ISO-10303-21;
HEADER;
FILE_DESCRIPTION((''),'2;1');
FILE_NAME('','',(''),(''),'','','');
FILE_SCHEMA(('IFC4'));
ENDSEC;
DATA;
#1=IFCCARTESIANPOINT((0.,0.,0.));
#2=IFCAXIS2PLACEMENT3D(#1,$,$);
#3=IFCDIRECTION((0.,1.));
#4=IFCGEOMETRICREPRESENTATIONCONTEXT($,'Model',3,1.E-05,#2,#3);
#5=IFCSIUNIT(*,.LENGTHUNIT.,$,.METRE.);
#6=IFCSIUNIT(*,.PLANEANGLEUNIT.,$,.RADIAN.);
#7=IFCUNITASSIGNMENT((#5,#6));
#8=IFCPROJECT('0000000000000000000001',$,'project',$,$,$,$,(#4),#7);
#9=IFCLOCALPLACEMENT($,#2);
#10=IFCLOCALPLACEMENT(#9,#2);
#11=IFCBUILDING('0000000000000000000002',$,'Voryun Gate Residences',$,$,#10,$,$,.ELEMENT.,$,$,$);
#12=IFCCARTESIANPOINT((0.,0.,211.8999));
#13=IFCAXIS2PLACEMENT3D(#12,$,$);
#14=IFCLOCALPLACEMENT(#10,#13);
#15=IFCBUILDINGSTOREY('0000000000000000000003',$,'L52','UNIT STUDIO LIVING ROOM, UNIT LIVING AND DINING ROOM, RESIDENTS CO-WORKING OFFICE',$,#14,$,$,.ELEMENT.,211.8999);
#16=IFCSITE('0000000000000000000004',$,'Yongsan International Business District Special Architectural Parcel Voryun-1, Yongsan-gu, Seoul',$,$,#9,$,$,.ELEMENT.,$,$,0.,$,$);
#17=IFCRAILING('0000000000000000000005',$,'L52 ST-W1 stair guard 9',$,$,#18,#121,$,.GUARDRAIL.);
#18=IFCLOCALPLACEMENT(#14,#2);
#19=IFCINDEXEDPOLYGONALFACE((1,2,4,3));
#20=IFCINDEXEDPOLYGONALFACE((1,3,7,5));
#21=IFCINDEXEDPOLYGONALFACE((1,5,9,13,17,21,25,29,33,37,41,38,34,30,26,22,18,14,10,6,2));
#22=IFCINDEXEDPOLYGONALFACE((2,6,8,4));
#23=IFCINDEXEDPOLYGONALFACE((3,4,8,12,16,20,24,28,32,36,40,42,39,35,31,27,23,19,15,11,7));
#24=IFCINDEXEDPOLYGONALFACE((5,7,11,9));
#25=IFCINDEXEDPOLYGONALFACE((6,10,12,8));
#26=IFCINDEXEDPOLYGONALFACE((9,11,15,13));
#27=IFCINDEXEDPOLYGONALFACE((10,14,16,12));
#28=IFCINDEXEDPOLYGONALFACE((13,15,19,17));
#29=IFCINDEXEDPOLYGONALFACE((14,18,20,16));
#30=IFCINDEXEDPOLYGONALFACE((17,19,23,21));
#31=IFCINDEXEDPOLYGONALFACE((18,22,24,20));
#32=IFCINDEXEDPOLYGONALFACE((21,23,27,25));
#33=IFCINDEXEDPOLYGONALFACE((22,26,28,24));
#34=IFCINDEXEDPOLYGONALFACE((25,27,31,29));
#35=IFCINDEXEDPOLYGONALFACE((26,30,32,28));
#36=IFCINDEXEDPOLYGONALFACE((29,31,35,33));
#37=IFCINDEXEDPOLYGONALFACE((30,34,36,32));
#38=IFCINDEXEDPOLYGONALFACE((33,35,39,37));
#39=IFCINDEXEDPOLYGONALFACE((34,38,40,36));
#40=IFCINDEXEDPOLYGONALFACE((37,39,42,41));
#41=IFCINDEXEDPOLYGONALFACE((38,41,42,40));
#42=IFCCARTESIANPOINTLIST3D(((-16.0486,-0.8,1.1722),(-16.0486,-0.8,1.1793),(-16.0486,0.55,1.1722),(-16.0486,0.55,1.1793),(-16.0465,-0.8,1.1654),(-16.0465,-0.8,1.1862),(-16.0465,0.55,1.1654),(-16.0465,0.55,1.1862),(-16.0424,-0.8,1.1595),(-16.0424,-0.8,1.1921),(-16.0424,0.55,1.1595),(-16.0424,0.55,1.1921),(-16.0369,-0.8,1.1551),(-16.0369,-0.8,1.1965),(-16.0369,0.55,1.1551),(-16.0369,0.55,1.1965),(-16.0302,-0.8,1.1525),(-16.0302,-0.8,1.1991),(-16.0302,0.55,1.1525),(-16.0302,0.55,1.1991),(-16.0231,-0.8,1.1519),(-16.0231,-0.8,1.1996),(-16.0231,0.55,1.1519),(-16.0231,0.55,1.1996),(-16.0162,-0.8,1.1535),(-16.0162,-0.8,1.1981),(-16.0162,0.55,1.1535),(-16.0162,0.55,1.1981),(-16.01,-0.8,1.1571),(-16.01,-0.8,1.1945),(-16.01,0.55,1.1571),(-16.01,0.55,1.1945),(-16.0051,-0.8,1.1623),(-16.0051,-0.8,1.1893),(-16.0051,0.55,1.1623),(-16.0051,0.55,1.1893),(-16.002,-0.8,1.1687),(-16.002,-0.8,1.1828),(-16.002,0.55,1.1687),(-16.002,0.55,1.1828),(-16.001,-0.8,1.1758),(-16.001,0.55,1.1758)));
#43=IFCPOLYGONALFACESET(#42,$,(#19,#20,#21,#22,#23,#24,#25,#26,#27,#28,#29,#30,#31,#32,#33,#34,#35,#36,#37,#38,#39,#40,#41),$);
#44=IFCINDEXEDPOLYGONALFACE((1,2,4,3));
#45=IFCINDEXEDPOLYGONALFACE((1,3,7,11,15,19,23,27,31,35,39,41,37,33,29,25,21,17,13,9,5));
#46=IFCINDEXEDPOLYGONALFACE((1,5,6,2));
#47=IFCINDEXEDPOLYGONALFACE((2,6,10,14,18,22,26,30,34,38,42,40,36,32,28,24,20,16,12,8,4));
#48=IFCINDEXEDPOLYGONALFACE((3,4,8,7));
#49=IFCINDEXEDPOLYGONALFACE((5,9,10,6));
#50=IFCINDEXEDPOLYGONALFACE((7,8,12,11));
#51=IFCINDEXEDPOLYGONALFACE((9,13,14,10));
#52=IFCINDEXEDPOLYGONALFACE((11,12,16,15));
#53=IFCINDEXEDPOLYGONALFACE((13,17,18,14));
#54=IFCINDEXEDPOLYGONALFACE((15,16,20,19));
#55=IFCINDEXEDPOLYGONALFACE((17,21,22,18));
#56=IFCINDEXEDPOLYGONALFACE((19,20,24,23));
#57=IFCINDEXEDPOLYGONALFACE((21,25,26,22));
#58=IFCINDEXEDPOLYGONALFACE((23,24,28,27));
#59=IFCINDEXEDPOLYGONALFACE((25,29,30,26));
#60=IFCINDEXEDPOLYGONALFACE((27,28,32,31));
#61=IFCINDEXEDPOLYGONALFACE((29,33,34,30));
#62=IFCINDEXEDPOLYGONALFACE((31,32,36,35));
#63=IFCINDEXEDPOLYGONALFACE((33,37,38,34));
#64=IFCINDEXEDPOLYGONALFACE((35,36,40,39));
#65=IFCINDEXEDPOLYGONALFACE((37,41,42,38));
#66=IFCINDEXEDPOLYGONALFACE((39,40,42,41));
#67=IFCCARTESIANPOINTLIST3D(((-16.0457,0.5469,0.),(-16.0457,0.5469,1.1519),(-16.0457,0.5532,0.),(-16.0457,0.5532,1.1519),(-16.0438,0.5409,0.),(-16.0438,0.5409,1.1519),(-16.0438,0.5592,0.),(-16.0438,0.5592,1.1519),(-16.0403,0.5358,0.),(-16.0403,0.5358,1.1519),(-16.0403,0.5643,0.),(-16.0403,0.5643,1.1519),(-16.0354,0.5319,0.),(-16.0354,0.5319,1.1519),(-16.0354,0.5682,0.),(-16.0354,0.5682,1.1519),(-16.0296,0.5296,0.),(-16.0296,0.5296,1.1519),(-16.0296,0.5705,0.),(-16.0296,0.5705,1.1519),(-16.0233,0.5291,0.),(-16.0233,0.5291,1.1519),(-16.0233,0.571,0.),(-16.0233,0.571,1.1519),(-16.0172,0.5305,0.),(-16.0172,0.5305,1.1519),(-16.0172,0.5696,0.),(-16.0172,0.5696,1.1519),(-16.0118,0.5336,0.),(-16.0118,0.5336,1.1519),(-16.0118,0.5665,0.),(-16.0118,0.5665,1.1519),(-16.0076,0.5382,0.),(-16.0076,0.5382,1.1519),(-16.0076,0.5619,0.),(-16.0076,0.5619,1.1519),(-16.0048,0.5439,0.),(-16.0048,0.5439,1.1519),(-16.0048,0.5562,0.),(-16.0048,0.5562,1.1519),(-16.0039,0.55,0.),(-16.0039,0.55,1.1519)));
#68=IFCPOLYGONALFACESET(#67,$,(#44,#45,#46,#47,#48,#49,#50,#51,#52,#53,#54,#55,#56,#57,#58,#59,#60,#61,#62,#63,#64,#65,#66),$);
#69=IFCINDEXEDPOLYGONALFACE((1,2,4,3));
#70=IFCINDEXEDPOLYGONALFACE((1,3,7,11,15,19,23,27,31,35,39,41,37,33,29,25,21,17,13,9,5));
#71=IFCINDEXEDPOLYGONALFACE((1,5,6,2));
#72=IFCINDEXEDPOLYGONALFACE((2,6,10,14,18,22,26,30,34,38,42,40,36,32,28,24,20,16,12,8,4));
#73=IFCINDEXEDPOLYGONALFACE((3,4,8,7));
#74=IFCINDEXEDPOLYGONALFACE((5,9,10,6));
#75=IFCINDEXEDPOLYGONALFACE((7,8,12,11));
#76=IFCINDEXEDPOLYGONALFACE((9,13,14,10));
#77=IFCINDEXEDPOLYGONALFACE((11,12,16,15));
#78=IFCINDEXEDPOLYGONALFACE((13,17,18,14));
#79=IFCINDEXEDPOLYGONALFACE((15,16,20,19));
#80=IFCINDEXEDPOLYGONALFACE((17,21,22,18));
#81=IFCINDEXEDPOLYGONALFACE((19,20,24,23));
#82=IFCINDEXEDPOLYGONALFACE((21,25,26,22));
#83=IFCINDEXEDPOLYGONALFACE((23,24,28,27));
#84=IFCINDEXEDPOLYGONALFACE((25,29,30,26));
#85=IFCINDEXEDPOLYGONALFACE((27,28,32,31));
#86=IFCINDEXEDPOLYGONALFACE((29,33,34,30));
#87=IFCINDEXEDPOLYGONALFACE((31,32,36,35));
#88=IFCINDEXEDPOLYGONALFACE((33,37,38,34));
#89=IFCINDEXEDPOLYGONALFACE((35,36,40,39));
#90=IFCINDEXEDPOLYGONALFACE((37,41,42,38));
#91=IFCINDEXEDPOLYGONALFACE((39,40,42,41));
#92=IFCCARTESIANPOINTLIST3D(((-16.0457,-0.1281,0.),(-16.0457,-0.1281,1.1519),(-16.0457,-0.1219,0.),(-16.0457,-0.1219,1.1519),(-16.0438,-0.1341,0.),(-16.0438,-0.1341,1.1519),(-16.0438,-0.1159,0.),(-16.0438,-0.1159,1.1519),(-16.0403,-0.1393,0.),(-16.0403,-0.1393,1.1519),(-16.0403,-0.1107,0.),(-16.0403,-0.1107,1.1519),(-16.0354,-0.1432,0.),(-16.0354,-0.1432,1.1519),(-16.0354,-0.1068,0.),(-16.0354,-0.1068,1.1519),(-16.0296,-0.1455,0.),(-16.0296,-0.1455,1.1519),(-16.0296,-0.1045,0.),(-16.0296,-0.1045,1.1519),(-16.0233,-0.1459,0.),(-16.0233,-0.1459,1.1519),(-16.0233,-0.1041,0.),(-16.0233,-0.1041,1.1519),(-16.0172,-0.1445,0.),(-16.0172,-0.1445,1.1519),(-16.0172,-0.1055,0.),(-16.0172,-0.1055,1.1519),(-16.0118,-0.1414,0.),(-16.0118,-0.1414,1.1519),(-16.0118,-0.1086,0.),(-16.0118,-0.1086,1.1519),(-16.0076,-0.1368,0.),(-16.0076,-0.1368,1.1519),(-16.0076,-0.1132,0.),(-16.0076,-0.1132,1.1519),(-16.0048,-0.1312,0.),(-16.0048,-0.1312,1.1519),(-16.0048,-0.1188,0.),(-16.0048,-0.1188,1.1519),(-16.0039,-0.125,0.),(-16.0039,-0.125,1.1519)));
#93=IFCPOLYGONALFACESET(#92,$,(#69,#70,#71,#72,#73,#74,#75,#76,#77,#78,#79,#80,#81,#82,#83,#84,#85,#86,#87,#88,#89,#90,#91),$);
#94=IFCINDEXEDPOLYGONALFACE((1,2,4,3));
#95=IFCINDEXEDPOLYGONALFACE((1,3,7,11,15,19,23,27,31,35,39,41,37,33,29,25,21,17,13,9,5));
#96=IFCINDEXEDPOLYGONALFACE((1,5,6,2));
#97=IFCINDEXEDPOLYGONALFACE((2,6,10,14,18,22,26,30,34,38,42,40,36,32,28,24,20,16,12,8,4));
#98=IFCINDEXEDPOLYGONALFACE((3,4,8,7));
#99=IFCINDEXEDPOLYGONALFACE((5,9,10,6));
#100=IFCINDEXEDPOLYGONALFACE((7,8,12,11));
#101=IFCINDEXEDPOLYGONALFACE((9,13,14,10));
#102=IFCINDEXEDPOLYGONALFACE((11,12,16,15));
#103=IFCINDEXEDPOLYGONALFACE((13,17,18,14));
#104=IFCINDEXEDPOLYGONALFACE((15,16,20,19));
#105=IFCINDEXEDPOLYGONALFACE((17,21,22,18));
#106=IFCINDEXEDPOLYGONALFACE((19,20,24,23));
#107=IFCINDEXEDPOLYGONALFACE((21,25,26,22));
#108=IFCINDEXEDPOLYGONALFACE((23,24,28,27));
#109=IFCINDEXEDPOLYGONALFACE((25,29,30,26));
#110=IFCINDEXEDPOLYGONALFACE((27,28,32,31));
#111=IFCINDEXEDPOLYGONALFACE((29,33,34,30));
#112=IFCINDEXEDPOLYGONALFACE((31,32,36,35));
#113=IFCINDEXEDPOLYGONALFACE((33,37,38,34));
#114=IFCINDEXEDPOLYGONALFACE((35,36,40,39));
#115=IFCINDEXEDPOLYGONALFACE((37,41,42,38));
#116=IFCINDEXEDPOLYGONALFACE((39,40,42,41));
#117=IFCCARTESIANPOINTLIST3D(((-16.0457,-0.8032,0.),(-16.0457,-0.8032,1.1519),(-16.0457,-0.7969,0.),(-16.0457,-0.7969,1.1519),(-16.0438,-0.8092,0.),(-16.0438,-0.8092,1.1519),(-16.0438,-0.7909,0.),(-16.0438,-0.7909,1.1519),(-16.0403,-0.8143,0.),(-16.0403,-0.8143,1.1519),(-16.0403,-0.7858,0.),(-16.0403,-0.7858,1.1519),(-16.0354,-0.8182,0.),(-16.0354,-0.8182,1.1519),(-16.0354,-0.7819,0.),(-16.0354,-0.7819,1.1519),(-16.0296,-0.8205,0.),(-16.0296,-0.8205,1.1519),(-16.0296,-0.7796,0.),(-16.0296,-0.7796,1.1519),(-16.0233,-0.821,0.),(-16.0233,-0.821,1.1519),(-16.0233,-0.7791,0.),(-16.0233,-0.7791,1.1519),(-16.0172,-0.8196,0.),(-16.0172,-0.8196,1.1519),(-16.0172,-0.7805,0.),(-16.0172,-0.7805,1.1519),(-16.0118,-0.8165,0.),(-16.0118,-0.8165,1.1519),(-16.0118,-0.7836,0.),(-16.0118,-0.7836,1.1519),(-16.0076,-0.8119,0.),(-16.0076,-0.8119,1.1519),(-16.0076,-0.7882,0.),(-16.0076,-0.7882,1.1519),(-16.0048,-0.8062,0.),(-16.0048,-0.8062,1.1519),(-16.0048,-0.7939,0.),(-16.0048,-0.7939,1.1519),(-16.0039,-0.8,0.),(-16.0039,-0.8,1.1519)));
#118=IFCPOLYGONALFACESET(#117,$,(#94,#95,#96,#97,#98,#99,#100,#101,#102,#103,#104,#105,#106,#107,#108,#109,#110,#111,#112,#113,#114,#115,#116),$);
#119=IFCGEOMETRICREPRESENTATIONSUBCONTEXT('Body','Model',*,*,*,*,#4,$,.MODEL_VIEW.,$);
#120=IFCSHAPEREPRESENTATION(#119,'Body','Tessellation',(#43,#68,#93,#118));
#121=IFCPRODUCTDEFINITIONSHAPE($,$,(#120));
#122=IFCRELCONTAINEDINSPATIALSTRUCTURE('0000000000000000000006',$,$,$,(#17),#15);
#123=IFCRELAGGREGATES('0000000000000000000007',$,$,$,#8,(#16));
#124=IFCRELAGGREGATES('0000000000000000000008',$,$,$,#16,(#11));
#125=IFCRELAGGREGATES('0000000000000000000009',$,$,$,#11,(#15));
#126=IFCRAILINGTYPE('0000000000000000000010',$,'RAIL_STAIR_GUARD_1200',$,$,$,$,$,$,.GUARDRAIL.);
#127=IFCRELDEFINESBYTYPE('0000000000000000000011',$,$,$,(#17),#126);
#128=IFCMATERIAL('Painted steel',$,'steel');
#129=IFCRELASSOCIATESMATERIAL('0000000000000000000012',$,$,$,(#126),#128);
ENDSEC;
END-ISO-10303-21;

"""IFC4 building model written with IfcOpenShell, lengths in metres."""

from ifc_helpers import new_model, si_unit, direction, frame, origin, origin_2d, place, context, subcontext, project, spatial, circle, extrude, material, type_object, element, save


model = new_model("IFC4")

# Units and contexts
model_context = context("Model", 3, precision=1e-05, world=origin(), true_north=direction((0.0, 1.0)))
body_context = subcontext(model_context, "Body", "Model", "MODEL_VIEW")
ifc_project = project(units=[si_unit("LENGTHUNIT", "METRE"), si_unit("PLANEANGLEUNIT", "RADIAN")], contexts=[model_context])

# Site, building, storey
site_placement = place(None, origin())
site = spatial("IfcSite", under=ifc_project, at=site_placement, Name="Yongsan International Business District Special Architectural Parcel Voryun-1, Yongsan-gu, Seoul", CompositionType="ELEMENT", RefElevation=0.0)
building_placement = place(site_placement, origin())
building = spatial("IfcBuilding", under=site, at=building_placement, Name="Voryun Gate Residences", CompositionType="ELEMENT")
storey_placement = place(building_placement, frame((0.0, 0.0, 211.8999)))
storey = spatial("IfcBuildingStorey", under=building, at=storey_placement, Name="L52", Description="UNIT STUDIO LIVING ROOM, UNIT LIVING AND DINING ROOM, RESIDENTS CO-WORKING OFFICE", CompositionType="ELEMENT", Elevation=211.8999)

# Railing
ifc_material_1 = material(Name="Painted steel", Category="steel")
railing_type = type_object("IfcRailingType", Name="RAIL_STAIR_GUARD_1200", PredefinedType="GUARDRAIL", material=ifc_material_1)
for number, where, name in (
    (1, (-16.0249, 0.55, 0.0), "L52 ST-W1 stair guard 9"),
):
    element("IfcRailing", number, at=place(storey_placement, frame(where)), inside=storey, type_object=railing_type, Name=name, PredefinedType="GUARDRAIL", context=body_context, shape_type="SweptSolid", body=[
        extrude(circle(Radius=0.0239, at=origin_2d()), frame((0.0, 0.0, 1.1758), z_axis=(0.0, -1.0, 0.0), x_axis=(1.0, 0.0, 0.0)), (0.0, 0.0, 1.0), 1.3501),
        extrude(circle(Radius=0.021, at=origin_2d()), origin(), (0.0, 0.0, 1.0), 1.1519),
        extrude(circle(Radius=0.021, at=origin_2d()), frame((0.0, -0.675, 0.0)), (0.0, 0.0, 1.0), 1.1519),
        extrude(circle(Radius=0.021, at=origin_2d()), frame((0.0, -1.3501, 0.0)), (0.0, 0.0, 1.0), 1.1519),
    ])

save(model, "model.ifc")
